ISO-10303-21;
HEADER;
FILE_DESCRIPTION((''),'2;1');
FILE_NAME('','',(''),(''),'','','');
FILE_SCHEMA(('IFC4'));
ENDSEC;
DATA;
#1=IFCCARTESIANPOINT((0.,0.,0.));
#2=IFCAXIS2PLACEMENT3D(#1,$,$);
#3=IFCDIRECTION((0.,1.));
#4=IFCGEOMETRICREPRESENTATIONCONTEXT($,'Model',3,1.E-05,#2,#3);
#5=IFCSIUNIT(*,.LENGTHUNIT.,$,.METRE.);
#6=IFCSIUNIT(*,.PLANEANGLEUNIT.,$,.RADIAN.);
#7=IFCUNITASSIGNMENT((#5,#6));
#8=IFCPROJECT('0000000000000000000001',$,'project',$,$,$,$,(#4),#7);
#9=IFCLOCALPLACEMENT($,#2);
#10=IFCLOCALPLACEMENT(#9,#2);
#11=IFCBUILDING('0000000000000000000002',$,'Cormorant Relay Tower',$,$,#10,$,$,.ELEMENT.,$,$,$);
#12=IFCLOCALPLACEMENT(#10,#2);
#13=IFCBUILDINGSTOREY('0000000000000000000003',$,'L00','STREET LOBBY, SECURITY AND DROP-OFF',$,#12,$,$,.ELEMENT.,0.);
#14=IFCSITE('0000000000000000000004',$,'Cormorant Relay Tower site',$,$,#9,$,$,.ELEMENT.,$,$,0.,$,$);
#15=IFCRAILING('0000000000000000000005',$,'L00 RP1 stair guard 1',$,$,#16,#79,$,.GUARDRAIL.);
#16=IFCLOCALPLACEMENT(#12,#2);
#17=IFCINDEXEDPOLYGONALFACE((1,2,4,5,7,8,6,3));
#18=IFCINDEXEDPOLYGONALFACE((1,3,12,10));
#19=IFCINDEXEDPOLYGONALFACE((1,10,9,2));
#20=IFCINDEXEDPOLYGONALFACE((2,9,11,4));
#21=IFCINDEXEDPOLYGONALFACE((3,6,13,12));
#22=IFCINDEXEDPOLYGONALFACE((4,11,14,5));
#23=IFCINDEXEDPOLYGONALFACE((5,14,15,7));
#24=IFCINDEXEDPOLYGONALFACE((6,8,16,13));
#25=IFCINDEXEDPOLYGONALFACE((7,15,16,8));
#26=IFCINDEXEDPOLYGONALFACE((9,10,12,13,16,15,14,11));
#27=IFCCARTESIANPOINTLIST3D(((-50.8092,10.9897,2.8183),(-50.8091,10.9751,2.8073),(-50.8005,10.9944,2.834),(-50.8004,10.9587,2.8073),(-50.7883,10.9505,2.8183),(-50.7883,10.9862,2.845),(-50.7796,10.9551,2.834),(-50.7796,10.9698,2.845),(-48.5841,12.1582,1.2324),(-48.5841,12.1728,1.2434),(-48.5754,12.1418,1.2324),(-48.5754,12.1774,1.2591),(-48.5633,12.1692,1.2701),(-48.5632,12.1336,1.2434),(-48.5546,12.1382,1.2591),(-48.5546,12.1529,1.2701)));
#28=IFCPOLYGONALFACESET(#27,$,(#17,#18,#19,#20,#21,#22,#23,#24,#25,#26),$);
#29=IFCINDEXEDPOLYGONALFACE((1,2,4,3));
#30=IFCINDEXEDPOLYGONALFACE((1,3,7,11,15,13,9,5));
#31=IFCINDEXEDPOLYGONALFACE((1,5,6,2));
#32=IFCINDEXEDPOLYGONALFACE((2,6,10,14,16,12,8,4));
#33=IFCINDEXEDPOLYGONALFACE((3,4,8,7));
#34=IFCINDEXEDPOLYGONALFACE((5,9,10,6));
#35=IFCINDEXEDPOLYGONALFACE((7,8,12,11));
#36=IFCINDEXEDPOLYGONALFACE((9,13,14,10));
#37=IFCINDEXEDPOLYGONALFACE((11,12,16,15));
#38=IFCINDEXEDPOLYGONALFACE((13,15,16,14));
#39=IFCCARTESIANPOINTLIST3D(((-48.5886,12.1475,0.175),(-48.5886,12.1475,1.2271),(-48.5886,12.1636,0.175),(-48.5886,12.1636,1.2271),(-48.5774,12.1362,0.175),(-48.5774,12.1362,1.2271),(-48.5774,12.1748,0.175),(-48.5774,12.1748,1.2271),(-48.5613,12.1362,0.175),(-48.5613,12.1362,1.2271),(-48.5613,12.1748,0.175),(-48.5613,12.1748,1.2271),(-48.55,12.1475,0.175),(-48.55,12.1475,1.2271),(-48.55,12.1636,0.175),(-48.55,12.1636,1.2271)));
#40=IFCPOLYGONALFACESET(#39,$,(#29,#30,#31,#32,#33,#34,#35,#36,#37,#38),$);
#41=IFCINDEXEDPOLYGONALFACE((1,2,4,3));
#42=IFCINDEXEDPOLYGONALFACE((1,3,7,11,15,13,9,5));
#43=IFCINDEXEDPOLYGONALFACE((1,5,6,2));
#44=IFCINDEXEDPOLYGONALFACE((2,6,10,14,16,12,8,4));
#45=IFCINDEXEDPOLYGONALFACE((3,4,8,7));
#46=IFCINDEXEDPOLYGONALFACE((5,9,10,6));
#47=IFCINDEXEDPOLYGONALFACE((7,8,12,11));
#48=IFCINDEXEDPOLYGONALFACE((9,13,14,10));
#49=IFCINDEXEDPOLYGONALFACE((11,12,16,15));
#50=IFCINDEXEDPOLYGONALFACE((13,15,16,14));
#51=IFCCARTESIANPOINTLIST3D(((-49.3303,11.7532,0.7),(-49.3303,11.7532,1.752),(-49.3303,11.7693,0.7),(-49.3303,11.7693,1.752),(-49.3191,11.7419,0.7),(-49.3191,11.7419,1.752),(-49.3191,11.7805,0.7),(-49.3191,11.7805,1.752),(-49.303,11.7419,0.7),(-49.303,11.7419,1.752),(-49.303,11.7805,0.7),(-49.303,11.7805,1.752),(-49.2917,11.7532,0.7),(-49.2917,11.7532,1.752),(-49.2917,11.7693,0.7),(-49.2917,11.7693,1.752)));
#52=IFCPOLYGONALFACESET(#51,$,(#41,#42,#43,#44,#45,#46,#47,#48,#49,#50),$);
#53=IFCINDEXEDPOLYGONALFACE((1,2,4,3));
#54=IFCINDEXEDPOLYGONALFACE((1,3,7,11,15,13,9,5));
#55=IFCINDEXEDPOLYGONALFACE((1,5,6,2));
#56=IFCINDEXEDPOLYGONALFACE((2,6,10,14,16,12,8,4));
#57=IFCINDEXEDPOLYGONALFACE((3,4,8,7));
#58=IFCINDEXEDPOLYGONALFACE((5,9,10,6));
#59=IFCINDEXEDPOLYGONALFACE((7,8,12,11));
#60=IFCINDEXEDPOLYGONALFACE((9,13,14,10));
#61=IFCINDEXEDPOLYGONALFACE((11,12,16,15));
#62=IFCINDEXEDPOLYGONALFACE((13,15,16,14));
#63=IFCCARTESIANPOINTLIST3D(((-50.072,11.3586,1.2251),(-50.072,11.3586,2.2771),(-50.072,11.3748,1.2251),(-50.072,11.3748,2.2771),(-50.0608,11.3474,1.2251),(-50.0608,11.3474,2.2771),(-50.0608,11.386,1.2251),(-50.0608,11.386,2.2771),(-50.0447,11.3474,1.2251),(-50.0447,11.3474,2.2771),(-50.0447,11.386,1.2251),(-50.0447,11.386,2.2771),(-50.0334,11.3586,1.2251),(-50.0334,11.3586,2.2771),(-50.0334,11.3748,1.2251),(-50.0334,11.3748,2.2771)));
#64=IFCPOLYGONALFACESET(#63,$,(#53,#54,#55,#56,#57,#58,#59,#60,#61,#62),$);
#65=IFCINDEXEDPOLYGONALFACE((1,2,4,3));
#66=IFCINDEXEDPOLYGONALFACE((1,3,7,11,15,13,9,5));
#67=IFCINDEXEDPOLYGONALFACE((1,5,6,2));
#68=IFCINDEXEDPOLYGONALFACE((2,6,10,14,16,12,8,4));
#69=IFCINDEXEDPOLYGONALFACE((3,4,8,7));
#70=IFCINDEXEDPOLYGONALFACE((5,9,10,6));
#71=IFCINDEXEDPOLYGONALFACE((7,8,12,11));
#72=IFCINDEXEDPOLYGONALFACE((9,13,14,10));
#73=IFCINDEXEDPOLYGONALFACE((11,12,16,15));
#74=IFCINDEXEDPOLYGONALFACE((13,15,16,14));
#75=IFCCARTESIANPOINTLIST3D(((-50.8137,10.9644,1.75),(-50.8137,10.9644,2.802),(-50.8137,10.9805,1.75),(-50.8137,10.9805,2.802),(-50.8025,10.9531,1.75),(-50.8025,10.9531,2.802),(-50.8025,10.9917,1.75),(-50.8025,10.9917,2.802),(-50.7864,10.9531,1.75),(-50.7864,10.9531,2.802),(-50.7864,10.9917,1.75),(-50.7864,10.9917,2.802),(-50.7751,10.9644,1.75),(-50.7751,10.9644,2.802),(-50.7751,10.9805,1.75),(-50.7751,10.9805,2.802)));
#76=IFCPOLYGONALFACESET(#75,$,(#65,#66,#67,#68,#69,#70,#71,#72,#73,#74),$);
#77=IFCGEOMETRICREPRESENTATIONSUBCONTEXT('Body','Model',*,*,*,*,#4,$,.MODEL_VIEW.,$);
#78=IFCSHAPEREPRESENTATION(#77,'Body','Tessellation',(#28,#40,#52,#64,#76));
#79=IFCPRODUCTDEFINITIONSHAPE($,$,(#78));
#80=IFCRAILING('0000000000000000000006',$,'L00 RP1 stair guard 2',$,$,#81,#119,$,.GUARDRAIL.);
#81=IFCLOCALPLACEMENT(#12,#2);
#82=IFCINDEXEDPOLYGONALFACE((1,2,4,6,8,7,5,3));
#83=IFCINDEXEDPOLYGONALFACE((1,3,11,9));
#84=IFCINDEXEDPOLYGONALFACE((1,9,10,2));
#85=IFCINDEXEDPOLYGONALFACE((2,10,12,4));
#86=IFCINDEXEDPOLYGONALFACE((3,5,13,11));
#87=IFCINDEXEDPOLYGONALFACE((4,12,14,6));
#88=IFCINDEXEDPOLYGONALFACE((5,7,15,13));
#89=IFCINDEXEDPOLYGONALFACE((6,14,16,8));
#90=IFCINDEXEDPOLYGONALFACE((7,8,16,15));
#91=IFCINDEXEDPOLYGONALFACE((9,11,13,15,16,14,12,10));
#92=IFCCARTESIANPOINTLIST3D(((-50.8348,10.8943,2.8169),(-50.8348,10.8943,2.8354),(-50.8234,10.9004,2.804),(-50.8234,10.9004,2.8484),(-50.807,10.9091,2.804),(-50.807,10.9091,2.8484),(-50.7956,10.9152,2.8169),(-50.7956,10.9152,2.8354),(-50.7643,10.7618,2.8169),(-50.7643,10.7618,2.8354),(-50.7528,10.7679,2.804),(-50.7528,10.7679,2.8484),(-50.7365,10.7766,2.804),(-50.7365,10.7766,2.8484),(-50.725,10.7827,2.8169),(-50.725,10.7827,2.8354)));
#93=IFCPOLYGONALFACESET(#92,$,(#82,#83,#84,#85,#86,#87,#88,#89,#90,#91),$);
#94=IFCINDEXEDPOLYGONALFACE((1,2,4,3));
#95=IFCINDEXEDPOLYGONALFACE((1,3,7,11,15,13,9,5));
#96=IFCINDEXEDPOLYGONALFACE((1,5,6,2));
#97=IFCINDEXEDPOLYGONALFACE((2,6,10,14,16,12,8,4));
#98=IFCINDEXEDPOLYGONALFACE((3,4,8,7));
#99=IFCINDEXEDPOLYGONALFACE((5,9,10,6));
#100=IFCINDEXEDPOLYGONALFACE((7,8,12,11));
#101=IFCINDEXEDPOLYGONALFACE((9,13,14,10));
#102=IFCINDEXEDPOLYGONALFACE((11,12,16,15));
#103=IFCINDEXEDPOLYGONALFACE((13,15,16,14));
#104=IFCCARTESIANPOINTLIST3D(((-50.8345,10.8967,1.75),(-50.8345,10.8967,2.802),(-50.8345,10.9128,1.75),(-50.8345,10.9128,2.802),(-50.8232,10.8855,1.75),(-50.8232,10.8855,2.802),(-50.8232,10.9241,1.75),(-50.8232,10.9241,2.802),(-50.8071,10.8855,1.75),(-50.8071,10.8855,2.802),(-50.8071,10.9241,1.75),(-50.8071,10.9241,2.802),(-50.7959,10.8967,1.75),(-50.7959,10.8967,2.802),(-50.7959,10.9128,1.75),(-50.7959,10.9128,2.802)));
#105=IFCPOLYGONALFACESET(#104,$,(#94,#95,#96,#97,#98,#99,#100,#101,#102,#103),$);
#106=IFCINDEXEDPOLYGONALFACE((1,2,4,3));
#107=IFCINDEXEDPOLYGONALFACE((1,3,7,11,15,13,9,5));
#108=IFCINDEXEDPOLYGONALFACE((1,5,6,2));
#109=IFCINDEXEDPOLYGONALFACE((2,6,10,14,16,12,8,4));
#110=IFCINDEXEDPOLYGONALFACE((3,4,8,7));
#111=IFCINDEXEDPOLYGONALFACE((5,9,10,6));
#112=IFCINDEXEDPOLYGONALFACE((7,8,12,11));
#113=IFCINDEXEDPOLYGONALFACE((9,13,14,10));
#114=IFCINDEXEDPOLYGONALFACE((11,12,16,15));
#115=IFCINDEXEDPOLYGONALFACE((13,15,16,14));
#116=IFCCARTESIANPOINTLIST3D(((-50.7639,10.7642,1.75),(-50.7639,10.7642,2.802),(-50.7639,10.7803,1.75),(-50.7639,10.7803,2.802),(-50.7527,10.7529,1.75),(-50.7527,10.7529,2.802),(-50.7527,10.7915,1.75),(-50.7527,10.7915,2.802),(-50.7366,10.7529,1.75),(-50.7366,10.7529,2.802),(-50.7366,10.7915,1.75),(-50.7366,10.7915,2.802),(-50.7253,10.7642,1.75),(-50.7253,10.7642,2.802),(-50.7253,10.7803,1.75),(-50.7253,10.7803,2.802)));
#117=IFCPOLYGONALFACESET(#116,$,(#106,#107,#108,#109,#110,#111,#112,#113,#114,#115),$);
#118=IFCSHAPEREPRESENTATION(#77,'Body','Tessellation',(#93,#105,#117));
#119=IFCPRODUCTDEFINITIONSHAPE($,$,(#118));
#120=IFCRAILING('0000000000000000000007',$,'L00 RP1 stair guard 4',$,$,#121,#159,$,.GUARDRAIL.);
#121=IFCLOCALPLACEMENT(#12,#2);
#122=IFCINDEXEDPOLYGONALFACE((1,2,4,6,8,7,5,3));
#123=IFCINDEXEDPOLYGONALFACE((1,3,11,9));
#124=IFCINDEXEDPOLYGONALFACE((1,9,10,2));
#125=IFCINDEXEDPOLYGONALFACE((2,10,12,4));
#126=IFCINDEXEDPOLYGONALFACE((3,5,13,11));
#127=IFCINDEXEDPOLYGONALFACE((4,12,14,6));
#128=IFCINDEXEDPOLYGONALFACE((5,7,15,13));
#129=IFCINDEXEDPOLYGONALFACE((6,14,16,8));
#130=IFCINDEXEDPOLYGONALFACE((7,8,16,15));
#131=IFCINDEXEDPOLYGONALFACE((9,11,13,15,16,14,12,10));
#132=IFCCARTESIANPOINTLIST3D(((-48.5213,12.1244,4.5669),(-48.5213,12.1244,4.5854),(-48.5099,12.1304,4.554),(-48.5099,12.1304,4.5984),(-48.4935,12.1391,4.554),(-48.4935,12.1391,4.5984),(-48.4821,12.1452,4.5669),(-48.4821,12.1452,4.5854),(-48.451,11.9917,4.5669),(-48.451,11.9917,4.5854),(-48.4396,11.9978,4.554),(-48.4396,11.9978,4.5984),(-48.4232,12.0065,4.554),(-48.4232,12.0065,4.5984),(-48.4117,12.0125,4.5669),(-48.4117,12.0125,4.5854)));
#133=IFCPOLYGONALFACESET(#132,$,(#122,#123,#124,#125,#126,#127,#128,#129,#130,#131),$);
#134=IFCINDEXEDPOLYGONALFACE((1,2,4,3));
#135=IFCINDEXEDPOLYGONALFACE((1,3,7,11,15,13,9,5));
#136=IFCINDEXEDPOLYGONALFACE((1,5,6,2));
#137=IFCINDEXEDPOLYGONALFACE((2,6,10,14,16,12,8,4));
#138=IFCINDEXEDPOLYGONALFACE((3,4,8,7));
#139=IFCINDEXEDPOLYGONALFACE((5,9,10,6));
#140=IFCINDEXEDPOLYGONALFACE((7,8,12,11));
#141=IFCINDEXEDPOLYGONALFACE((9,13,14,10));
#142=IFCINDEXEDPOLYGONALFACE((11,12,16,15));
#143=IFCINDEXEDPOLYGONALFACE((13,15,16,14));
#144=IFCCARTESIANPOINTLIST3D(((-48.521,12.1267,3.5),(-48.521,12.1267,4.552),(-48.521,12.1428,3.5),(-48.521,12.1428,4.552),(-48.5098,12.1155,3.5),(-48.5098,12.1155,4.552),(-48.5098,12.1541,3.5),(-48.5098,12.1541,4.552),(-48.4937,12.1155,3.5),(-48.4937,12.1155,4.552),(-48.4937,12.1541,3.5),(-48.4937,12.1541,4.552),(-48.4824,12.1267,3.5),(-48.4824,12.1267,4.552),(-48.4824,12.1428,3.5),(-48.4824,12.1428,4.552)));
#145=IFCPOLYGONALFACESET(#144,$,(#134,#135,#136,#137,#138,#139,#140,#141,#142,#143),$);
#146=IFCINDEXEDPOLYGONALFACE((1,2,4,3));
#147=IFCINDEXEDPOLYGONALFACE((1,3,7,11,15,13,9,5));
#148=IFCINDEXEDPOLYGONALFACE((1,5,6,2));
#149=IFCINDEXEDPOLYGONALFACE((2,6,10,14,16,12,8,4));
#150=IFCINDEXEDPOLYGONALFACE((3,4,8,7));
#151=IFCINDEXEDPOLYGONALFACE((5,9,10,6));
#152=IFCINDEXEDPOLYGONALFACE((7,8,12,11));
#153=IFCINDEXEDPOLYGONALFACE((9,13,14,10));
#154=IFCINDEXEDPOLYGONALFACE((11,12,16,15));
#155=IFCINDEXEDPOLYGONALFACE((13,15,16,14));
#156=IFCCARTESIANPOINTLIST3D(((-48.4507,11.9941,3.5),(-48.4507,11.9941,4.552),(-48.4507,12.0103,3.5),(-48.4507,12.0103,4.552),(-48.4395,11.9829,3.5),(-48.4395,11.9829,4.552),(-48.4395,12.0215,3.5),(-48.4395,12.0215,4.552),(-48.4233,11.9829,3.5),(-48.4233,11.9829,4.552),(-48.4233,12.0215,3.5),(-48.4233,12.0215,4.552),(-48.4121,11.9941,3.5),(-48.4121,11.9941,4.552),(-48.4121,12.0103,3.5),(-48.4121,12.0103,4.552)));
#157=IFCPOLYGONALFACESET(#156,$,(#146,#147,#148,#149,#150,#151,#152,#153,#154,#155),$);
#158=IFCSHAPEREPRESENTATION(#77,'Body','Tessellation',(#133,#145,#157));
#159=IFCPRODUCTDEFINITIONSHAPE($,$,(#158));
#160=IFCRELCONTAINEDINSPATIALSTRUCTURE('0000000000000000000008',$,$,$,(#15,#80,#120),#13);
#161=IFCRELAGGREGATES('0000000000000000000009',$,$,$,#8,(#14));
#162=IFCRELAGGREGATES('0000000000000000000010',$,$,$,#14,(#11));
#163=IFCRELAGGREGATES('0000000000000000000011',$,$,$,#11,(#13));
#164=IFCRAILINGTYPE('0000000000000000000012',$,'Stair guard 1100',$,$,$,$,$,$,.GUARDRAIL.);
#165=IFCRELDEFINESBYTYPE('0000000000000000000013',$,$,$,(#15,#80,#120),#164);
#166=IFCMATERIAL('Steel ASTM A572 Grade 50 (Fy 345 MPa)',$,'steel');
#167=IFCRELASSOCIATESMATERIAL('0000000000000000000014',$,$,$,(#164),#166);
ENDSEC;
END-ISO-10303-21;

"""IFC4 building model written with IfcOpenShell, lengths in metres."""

from ifc_helpers import new_model, si_unit, direction, frame, origin, place, context, subcontext, project, spatial, polyline, outline, extrude, material, type_object, element, save


model = new_model("IFC4")

# Units and contexts
model_context = context("Model", 3, precision=1e-05, world=origin(), true_north=direction((0.0, 1.0)))
body_context = subcontext(model_context, "Body", "Model", "MODEL_VIEW")
ifc_project = project(units=[si_unit("LENGTHUNIT", "METRE"), si_unit("PLANEANGLEUNIT", "RADIAN")], contexts=[model_context])

# Site, building, storey
site_placement = place(None, origin())
site = spatial("IfcSite", under=ifc_project, at=site_placement, Name="Cormorant Relay Tower site", CompositionType="ELEMENT", RefElevation=0.0)
building_placement = place(site_placement, origin())
building = spatial("IfcBuilding", under=site, at=building_placement, Name="Cormorant Relay Tower", CompositionType="ELEMENT")
storey_placement = place(building_placement, origin())
storey = spatial("IfcBuildingStorey", under=building, at=storey_placement, Name="L00", Description="STREET LOBBY, SECURITY AND DROP-OFF", CompositionType="ELEMENT", Elevation=0.0)

# Railings
ifc_material_1 = material(Name="Steel ASTM A572 Grade 50 (Fy 345 MPa)", Category="steel")
railing_type_1 = type_object("IfcRailingType", Name="Stair guard 1100", PredefinedType="GUARDRAIL", material=ifc_material_1)
railing_1_placement = place(storey_placement, frame((-48.5693, 12.1555, 0.175)))
element("IfcRailing", 1, at=railing_1_placement, inside=storey, type_object=railing_type_1, Name="L00 RP1 stair guard 1", PredefinedType="GUARDRAIL", context=body_context, shape_type="SweptSolid", body=[
    extrude(outline(polyline([(0.0222, 0.0093), (0.0093, 0.0222), (-0.0093, 0.0222), (-0.0222, 0.0093), (-0.0222, -0.0093), (-0.0093, -0.0222), (0.0093, -0.0222), (0.0222, -0.0093), (0.0222, 0.0093)])), frame((0.0, 0.0, 1.0762), z_axis=(-0.748751, -0.398118, 0.529975), x_axis=(0.469472, -0.882948, 0.0)), (0.0, 0.0, 1.0), 2.9717),
    extrude(outline(polyline([(0.0193, 0.0081), (0.0081, 0.0193), (-0.0081, 0.0193), (-0.0193, 0.0081), (-0.0193, -0.0081), (-0.0081, -0.0193), (0.0081, -0.0193), (0.0193, -0.0081), (0.0193, 0.0081)])), origin(), (0.0, 0.0, 1.0), 1.052),
    extrude(outline(polyline([(0.0193, 0.0081), (0.0081, 0.0193), (-0.0081, 0.0193), (-0.0193, 0.0081), (-0.0193, -0.0081), (-0.0081, -0.0193), (0.0081, -0.0193), (0.0193, -0.0081), (0.0193, 0.0081)])), frame((-0.7417, -0.3943, 0.5249)), (0.0, 0.0, 1.0), 1.052),
    extrude(outline(polyline([(0.0193, 0.0081), (0.0081, 0.0193), (-0.0081, 0.0193), (-0.0193, 0.0081), (-0.0193, -0.0081), (-0.0081, -0.0193), (0.0081, -0.0193), (0.0193, -0.0081), (0.0193, 0.0081)])), frame((-1.4834, -0.7888, 1.05)), (0.0, 0.0, 1.0), 1.052),
    extrude(outline(polyline([(0.0193, 0.0081), (0.0081, 0.0193), (-0.0081, 0.0193), (-0.0193, 0.0081), (-0.0193, -0.0081), (-0.0081, -0.0193), (0.0081, -0.0193), (0.0193, -0.0081), (0.0193, 0.0081)])), frame((-2.2251, -1.1831, 1.575)), (0.0, 0.0, 1.0), 1.052),
])
railing_2_placement = place(storey_placement, frame((-50.8152, 10.9048, 1.75)))
element("IfcRailing", 2, at=railing_2_placement, inside=storey, type_object=railing_type_1, Name="L00 RP1 stair guard 2", PredefinedType="GUARDRAIL", context=body_context, shape_type="SweptSolid", body=[
    extrude(outline(polyline([(0.0222, 0.0093), (0.0093, 0.0222), (-0.0093, 0.0222), (-0.0222, 0.0093), (-0.0222, -0.0093), (-0.0093, -0.0222), (0.0093, -0.0222), (0.0222, -0.0093), (0.0222, 0.0093)])), frame((0.0, 0.0, 1.0762), z_axis=(0.469829, -0.882758, 0.0), x_axis=(0.882758, 0.469829, 0.0)), (0.0, 0.0, 1.0), 0.1501),
    extrude(outline(polyline([(0.0193, 0.0081), (0.0081, 0.0193), (-0.0081, 0.0193), (-0.0193, 0.0081), (-0.0193, -0.0081), (-0.0081, -0.0193), (0.0081, -0.0193), (0.0193, -0.0081), (0.0193, 0.0081)])), origin(), (0.0, 0.0, 1.0), 1.052),
    extrude(outline(polyline([(0.0193, 0.0081), (0.0081, 0.0193), (-0.0081, 0.0193), (-0.0193, 0.0081), (-0.0193, -0.0081), (-0.0081, -0.0193), (0.0081, -0.0193), (0.0193, -0.0081), (0.0193, 0.0081)])), frame((0.0706, -0.1326, 0.0)), (0.0, 0.0, 1.0), 1.052),
])
railing_3_placement = place(storey_placement, frame((-48.5017, 12.1348, 3.5)))
element("IfcRailing", 3, at=railing_3_placement, inside=storey, type_object=railing_type_1, Name="L00 RP1 stair guard 4", PredefinedType="GUARDRAIL", context=body_context, shape_type="SweptSolid", body=[
    extrude(outline(polyline([(0.0222, 0.0093), (0.0093, 0.0222), (-0.0093, 0.0222), (-0.0222, 0.0093), (-0.0222, -0.0093), (-0.0093, -0.0222), (0.0093, -0.0222), (0.0222, -0.0093), (0.0222, 0.0093)])), frame((0.0, 0.0, 1.0762), z_axis=(0.46856, -0.883431, 0.0), x_axis=(0.883431, 0.46856, 0.0)), (0.0, 0.0, 1.0), 0.1501),
    extrude(outline(polyline([(0.0193, 0.0081), (0.0081, 0.0193), (-0.0081, 0.0193), (-0.0193, 0.0081), (-0.0193, -0.0081), (-0.0081, -0.0193), (0.0081, -0.0193), (0.0193, -0.0081), (0.0193, 0.0081)])), origin(), (0.0, 0.0, 1.0), 1.052),
    extrude(outline(polyline([(0.0193, 0.0081), (0.0081, 0.0193), (-0.0081, 0.0193), (-0.0193, 0.0081), (-0.0193, -0.0081), (-0.0081, -0.0193), (0.0081, -0.0193), (0.0193, -0.0081), (0.0193, 0.0081)])), frame((0.0703, -0.1326, 0.0)), (0.0, 0.0, 1.0), 1.052),
])

save(model, "model.ifc")
